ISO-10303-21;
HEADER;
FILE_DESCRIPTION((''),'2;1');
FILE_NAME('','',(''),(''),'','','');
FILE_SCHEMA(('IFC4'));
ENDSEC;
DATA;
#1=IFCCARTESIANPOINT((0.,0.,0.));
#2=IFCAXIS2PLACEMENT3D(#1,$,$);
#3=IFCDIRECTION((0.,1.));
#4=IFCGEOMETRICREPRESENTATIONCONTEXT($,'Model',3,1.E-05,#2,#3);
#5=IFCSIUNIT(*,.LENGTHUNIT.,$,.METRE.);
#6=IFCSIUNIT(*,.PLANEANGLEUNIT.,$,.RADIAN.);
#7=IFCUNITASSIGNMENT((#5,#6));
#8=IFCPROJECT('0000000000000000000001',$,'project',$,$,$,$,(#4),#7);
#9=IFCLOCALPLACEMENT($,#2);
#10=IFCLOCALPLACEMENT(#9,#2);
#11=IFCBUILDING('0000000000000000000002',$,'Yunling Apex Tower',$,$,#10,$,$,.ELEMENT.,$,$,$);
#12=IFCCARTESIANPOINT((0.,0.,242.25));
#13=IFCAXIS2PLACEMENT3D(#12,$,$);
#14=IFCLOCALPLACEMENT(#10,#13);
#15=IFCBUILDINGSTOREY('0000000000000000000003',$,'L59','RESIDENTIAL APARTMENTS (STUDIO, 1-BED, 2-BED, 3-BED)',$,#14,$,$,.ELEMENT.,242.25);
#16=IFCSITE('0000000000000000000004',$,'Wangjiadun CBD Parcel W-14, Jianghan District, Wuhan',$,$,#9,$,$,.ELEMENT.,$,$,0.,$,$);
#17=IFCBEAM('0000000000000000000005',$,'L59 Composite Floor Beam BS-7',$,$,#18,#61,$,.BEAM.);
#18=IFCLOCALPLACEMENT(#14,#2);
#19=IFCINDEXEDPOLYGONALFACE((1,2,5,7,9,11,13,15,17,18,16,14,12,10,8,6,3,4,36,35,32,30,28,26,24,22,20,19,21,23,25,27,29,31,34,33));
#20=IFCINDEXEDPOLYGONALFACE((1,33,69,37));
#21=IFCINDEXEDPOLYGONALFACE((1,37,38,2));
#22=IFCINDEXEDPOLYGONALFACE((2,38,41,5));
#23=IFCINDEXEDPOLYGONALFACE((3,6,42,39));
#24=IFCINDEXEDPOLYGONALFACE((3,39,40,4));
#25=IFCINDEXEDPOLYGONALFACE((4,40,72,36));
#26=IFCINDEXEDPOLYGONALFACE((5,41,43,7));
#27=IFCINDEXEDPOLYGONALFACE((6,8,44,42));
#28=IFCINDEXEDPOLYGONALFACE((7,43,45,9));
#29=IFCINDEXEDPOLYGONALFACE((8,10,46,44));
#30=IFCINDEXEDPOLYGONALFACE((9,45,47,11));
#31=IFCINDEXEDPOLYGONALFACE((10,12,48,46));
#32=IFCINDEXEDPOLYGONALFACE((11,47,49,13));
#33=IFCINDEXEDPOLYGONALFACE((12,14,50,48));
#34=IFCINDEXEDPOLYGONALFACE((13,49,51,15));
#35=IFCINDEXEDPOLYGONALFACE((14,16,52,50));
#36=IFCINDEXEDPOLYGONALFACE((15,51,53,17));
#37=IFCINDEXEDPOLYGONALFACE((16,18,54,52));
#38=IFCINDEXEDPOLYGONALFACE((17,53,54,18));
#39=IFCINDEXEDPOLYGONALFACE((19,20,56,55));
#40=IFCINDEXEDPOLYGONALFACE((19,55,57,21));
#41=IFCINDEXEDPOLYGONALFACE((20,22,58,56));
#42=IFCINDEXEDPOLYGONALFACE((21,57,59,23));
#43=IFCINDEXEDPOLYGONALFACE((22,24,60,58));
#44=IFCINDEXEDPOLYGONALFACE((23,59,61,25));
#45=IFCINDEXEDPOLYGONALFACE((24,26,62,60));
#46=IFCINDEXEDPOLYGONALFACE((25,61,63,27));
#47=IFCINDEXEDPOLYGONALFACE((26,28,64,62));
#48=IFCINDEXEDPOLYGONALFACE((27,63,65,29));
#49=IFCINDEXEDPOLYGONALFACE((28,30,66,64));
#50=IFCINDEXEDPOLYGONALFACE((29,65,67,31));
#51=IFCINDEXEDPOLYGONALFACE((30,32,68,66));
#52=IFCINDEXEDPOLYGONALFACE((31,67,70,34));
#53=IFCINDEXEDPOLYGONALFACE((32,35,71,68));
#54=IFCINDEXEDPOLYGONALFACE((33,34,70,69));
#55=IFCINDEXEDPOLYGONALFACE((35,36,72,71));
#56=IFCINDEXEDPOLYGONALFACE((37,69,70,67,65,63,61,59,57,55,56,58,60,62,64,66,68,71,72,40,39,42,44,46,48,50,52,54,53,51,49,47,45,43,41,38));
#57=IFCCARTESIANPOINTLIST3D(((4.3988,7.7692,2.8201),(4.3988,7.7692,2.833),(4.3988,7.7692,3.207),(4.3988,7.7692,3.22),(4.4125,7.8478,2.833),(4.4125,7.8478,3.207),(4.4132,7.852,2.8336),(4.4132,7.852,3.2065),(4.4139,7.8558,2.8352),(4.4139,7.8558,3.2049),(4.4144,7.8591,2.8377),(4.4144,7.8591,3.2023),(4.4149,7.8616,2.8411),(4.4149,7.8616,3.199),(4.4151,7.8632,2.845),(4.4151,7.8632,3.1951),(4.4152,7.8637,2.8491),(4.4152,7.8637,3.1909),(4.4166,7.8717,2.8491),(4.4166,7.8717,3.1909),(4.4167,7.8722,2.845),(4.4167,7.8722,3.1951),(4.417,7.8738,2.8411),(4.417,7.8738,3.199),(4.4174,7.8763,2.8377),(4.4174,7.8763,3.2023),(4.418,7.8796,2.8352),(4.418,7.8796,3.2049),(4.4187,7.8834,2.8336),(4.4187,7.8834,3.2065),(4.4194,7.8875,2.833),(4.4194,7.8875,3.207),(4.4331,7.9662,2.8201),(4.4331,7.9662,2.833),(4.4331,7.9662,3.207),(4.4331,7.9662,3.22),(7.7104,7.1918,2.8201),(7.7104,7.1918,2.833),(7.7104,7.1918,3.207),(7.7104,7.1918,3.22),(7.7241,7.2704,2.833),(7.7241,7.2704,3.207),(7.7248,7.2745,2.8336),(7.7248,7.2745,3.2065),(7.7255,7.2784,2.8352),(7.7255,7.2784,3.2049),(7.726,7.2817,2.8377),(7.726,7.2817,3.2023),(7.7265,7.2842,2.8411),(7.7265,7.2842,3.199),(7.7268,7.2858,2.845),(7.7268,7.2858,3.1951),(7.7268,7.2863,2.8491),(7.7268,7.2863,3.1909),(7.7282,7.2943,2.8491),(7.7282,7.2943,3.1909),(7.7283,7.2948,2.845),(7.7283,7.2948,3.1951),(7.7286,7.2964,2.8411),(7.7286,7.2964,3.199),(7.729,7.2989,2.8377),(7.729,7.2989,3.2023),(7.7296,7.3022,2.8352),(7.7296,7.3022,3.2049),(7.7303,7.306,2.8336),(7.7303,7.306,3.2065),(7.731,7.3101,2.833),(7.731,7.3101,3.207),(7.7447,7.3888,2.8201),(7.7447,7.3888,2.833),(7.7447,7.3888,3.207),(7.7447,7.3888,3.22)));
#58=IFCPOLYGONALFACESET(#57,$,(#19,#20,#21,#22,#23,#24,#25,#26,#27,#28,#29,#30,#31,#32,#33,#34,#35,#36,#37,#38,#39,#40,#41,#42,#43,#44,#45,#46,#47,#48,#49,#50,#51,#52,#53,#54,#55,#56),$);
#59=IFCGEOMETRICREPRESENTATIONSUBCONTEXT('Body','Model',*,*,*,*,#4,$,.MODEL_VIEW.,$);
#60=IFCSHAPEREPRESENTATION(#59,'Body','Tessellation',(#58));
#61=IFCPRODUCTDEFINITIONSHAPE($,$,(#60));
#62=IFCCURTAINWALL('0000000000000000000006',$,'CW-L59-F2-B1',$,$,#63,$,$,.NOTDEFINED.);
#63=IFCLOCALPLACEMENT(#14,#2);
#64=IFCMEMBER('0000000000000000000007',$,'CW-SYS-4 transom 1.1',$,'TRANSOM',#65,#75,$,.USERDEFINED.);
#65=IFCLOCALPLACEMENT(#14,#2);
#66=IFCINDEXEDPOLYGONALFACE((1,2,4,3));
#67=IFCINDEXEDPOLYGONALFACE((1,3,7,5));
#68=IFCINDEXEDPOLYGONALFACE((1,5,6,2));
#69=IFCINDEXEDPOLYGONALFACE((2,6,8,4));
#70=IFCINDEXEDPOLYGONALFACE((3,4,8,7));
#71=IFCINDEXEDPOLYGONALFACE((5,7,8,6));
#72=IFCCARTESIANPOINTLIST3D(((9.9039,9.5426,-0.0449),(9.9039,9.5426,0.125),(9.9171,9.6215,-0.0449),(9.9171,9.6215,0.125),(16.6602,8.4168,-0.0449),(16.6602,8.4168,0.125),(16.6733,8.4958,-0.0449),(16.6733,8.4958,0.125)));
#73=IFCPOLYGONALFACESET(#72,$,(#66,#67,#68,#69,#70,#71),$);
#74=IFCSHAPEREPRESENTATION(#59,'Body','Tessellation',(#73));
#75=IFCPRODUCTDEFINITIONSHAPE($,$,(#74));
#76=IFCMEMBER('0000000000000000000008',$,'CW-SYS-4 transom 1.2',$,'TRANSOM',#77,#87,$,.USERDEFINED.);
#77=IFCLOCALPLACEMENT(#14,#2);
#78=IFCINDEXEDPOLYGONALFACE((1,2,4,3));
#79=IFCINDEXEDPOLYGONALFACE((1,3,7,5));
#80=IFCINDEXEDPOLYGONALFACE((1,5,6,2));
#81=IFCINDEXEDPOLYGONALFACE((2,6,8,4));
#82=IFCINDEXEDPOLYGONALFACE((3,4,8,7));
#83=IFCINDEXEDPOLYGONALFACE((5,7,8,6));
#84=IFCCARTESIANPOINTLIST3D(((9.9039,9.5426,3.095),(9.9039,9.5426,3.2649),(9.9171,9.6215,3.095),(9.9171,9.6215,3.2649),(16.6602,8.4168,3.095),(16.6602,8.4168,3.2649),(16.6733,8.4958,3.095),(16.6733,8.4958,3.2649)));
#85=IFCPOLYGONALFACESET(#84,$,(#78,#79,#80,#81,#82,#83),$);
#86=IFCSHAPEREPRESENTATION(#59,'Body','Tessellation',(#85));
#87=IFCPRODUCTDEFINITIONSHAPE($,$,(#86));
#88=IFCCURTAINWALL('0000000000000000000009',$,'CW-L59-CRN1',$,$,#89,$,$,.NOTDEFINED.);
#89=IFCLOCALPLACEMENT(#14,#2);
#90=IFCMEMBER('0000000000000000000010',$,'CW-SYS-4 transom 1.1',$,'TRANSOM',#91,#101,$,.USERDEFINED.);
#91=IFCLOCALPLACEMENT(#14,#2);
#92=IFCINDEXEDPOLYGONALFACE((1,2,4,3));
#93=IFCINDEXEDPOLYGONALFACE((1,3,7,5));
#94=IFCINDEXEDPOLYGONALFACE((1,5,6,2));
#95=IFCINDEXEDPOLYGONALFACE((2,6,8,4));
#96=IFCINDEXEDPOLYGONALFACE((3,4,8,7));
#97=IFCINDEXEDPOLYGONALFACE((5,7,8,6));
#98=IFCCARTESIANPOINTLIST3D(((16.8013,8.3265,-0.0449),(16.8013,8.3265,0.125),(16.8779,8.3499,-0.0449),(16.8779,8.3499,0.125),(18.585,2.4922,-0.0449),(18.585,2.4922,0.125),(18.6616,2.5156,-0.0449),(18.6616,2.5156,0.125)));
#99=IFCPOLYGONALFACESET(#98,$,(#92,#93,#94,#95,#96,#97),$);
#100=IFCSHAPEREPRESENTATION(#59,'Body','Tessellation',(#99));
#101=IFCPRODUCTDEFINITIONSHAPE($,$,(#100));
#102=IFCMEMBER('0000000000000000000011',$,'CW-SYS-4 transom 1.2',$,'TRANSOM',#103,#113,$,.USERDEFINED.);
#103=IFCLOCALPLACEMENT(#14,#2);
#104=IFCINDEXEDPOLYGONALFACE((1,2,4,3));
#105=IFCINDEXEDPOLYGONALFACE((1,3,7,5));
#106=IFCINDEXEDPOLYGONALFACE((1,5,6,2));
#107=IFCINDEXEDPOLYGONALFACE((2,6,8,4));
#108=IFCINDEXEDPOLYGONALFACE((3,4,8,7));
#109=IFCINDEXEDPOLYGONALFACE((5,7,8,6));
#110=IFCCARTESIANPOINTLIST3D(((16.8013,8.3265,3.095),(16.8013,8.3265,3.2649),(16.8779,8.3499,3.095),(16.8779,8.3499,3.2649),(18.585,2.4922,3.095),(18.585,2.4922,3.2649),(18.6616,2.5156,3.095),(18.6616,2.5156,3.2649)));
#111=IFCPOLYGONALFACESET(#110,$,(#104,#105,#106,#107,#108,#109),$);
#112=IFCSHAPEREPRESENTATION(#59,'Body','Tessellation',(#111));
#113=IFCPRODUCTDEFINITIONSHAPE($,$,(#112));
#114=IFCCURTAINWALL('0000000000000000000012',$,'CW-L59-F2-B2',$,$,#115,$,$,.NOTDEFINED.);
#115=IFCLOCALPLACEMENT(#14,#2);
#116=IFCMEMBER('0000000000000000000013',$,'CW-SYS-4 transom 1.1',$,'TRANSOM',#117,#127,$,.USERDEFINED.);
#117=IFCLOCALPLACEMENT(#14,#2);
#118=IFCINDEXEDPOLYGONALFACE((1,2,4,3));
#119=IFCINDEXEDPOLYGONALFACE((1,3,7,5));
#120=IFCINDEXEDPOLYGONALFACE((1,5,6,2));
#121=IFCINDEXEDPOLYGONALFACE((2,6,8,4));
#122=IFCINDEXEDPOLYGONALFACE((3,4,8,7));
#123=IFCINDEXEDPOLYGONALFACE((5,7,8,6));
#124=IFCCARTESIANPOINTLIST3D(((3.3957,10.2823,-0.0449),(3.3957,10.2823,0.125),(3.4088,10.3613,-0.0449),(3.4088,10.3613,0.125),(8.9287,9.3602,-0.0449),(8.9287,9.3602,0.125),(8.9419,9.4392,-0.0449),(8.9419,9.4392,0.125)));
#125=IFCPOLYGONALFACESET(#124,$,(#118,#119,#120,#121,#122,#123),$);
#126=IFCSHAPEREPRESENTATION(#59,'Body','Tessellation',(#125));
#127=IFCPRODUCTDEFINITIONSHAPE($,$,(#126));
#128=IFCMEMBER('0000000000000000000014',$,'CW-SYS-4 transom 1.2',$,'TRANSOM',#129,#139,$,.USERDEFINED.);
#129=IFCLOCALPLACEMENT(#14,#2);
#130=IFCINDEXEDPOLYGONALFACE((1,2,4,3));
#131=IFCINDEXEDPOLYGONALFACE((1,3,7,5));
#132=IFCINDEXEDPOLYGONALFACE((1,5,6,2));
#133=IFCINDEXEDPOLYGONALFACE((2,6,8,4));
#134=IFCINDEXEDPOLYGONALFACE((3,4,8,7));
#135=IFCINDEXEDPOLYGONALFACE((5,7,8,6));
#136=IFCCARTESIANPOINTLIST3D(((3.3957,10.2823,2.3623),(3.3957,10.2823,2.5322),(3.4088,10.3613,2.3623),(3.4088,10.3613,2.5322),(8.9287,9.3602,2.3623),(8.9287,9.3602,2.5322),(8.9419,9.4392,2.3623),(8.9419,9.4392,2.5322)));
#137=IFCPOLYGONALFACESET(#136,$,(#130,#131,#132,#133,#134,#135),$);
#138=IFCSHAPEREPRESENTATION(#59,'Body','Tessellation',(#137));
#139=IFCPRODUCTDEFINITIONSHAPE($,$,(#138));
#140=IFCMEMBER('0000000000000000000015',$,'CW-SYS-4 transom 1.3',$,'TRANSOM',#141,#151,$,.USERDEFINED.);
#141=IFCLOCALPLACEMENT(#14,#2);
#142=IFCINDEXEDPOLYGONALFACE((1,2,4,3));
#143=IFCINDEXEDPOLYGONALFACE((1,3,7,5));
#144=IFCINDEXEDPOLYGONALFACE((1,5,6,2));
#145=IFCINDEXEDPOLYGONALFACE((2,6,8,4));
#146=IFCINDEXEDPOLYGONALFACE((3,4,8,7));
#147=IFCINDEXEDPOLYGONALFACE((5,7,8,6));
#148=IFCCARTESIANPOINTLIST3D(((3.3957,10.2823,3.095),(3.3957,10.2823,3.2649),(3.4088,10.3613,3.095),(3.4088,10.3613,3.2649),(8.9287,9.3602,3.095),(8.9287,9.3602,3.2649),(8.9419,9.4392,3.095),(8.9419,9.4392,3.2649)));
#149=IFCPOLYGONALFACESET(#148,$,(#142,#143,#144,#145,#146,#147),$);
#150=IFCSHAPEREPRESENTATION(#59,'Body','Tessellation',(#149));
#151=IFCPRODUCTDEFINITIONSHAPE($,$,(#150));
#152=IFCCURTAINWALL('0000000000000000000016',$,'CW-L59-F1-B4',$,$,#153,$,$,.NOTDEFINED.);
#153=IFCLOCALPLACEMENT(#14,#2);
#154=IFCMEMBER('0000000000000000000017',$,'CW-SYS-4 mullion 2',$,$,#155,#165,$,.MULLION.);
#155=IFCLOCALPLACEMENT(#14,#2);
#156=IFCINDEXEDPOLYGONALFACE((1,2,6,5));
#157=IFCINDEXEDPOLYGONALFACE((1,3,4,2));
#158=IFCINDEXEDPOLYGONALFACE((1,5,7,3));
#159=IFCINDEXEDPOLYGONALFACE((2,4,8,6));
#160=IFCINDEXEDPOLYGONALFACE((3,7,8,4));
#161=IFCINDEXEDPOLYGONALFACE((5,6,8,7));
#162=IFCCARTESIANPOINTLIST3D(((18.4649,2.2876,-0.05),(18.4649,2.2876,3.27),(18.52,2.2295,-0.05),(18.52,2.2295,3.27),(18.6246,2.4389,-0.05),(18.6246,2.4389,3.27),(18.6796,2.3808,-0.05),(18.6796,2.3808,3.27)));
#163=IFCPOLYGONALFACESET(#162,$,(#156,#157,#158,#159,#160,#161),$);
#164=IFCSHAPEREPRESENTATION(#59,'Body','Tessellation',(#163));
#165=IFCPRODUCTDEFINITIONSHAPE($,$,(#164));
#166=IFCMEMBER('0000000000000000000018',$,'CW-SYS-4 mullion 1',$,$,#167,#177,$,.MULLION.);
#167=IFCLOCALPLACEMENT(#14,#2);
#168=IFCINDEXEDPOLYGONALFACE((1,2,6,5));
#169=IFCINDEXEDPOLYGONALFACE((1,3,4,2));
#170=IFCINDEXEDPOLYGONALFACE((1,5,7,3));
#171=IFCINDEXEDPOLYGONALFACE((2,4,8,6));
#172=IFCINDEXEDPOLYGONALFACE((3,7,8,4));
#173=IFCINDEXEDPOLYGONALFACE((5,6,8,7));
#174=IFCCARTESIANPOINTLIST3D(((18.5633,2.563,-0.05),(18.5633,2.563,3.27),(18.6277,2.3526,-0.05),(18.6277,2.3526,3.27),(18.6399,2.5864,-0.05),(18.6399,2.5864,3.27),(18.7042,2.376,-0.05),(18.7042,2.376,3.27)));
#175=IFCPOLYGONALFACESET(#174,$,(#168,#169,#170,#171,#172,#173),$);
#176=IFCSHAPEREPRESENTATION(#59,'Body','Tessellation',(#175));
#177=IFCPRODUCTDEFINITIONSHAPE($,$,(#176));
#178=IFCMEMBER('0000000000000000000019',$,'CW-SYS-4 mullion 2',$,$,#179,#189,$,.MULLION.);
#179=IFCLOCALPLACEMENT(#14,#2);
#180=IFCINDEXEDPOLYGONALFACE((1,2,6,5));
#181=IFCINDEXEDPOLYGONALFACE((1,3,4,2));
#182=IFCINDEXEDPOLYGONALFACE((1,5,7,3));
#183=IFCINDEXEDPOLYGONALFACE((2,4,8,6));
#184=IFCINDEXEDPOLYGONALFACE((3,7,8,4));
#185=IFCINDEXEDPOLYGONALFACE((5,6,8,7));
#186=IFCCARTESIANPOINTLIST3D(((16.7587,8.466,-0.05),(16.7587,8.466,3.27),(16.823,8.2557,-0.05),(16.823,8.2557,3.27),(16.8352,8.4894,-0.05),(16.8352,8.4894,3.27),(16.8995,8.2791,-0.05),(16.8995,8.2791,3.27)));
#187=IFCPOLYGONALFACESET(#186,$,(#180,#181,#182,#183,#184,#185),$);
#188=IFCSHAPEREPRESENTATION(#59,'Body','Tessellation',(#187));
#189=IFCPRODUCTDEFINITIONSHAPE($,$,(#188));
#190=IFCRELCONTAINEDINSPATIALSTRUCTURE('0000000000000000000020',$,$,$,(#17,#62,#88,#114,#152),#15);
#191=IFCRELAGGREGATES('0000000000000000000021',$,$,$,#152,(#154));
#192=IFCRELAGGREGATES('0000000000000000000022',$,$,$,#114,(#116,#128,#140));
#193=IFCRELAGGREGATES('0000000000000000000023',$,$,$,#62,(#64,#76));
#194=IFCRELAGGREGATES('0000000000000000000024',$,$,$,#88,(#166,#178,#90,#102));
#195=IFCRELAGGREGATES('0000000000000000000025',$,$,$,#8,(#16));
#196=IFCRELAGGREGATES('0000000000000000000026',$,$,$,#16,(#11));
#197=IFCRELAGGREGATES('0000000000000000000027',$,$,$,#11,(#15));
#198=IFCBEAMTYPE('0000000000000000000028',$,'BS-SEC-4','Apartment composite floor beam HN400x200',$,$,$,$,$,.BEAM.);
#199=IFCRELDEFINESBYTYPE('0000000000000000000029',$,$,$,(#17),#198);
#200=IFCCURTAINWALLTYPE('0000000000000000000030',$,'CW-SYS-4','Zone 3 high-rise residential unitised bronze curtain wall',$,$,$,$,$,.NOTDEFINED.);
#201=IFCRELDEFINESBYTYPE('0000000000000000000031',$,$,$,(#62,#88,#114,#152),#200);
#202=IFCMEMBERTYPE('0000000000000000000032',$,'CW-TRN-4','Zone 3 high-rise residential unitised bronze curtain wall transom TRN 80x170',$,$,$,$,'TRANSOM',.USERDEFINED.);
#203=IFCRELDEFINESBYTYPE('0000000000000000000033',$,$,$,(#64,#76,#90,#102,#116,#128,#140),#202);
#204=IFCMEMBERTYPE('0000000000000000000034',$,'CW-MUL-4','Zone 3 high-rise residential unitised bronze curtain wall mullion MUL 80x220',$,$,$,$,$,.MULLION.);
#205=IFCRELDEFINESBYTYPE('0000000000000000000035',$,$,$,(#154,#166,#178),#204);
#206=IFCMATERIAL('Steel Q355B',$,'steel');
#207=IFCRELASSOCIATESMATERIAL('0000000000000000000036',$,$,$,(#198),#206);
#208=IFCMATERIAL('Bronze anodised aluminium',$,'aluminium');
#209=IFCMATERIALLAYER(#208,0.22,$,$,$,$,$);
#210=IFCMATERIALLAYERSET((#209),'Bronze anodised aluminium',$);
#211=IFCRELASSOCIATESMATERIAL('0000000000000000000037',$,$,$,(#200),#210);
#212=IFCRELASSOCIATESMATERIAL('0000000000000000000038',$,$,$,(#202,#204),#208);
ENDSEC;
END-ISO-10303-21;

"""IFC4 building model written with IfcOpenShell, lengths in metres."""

from ifc_helpers import new_model, si_unit, direction, frame, origin, origin_2d, place, context, subcontext, project, spatial, rectangle, i_section, extrude, source, transform, mapped, material, layer, layer_set, material_profile, profile_set, type_object, element, aggregate, save


model = new_model("IFC4")

# Units and contexts
model_context = context("Model", 3, precision=1e-05, world=origin(), true_north=direction((0.0, 1.0)))
body_context = subcontext(model_context, "Body", "Model", "MODEL_VIEW")
ifc_project = project(units=[si_unit("LENGTHUNIT", "METRE"), si_unit("PLANEANGLEUNIT", "RADIAN")], contexts=[model_context])

# Site, building, storey
site_placement = place(None, origin())
site = spatial("IfcSite", under=ifc_project, at=site_placement, Name="Wangjiadun CBD Parcel W-14, Jianghan District, Wuhan", CompositionType="ELEMENT", RefElevation=0.0)
building_placement = place(site_placement, origin())
building = spatial("IfcBuilding", under=site, at=building_placement, Name="Yunling Apex Tower", CompositionType="ELEMENT")
storey_placement = place(building_placement, frame((0.0, 0.0, 242.25)))
storey = spatial("IfcBuildingStorey", under=building, at=storey_placement, Name="L59", Description="RESIDENTIAL APARTMENTS (STUDIO, 1-BED, 2-BED, 3-BED)", CompositionType="ELEMENT", Elevation=242.25)

# Beam
ifc_material_1 = material(Name="Steel Q355B", Category="steel")
ifc_material_profile_1 = material_profile(ifc_material_1, i_section(OverallWidth=0.2, OverallDepth=0.3999, WebThickness=0.0081, FlangeThickness=0.0129, FilletRadius=0.0161, at=origin_2d()))
ifc_profile_set_1 = profile_set([ifc_material_profile_1], Name="Steel Q355B")
beam_type_1 = type_object("IfcBeamType", Name="BS-SEC-4", Description="Apartment composite floor beam HN400x200", PredefinedType="BEAM", material=ifc_profile_set_1)
shared_shape_1 = source(origin(), body_context, "Body", "SweptSolid", [
    extrude(i_section(OverallWidth=0.2, OverallDepth=0.3999, WebThickness=0.0081, FlangeThickness=0.0129, FilletRadius=0.0161, at=origin_2d()), origin(), (0.0, 0.0, 1.0), 3.3616),
])
beam_1_placement = place(storey_placement, frame((7.7275, 7.2903, 3.02), z_axis=(-0.985138, 0.171767, 0.0), x_axis=(-0.171767, -0.985138, 0.0)))
element("IfcBeam", 1, at=beam_1_placement, inside=storey, type_object=beam_type_1, Name="L59 Composite Floor Beam BS-7", PredefinedType="BEAM", context=body_context, shape_type="MappedRepresentation", body=[
    mapped(shared_shape_1, transform((0.0, 0.0, 0.0), scale=1.0)),
])

# Curtain walls, members
ifc_material_2 = material(Name="Bronze anodised aluminium", Category="aluminium")
ifc_layer_1 = layer(ifc_material_2, 0.22)
ifc_layer_set_1 = layer_set([ifc_layer_1], Name="Bronze anodised aluminium")
curtain_wall_type = type_object("IfcCurtainWallType", Name="CW-SYS-4", Description="Zone 3 high-rise residential unitised bronze curtain wall", PredefinedType="NOTDEFINED", material=ifc_layer_set_1)
curtain_wall_1_placement = place(storey_placement, origin())
curtain_wall_1 = element("IfcCurtainWall", 2, at=curtain_wall_1_placement, inside=storey, type_object=curtain_wall_type, Name="CW-L59-F2-B1", PredefinedType="NOTDEFINED")
ifc_material_profile_2 = material_profile(ifc_material_2, rectangle(XDim=0.0801, YDim=0.1699, at=origin_2d()))
ifc_profile_set_2 = profile_set([ifc_material_profile_2], Name="Bronze anodised aluminium")
member_type_1 = type_object("IfcMemberType", Name="CW-TRN-4", Description="Zone 3 high-rise residential unitised bronze curtain wall transom TRN 80x170", ElementType="TRANSOM", PredefinedType="USERDEFINED", material=ifc_profile_set_2)
shared_shape_2 = source(origin(), body_context, "Body", "SweptSolid", [
    extrude(rectangle(XDim=0.0801, YDim=0.1699, at=origin_2d()), origin(), (0.0, 0.0, 1.0), 6.8494),
])
member_1_placement = place(storey_placement, frame((16.6667, 8.4563, 0.04), z_axis=(-0.986401, 0.164359, 0.0), x_axis=(-0.164359, -0.986401, 0.0)))
member_1 = element("IfcMember", 3, at=member_1_placement, type_object=member_type_1, Name="CW-SYS-4 transom 1.1", ObjectType="TRANSOM", PredefinedType="USERDEFINED", context=body_context, shape_type="MappedRepresentation", body=[
    mapped(shared_shape_2, transform((0.0, 0.0, 0.0), scale=1.0)),
])
member_2_placement = place(storey_placement, frame((16.6667, 8.4563, 3.1799), z_axis=(-0.986401, 0.164359, 0.0), x_axis=(-0.164359, -0.986401, 0.0)))
member_2 = element("IfcMember", 4, at=member_2_placement, type_object=member_type_1, Name="CW-SYS-4 transom 1.2", ObjectType="TRANSOM", PredefinedType="USERDEFINED", context=body_context, shape_type="MappedRepresentation", body=[
    mapped(shared_shape_2, transform((0.0, 0.0, 0.0), scale=1.0)),
])
curtain_wall_2_placement = place(storey_placement, origin())
curtain_wall_2 = element("IfcCurtainWall", 5, at=curtain_wall_2_placement, inside=storey, type_object=curtain_wall_type, Name="CW-L59-CRN1", PredefinedType="NOTDEFINED")
shared_shape_3 = source(origin(), body_context, "Body", "SweptSolid", [
    extrude(rectangle(XDim=0.0801, YDim=0.1699, at=origin_2d()), origin(), (0.0, 0.0, 1.0), 6.1008),
])
member_3_placement = place(storey_placement, frame((18.6233, 2.5039, 0.04), z_axis=(-0.29237, 0.956305, 0.0), x_axis=(-0.956305, -0.29237, 0.0)))
member_3 = element("IfcMember", 6, at=member_3_placement, type_object=member_type_1, Name="CW-SYS-4 transom 1.1", ObjectType="TRANSOM", PredefinedType="USERDEFINED", context=body_context, shape_type="MappedRepresentation", body=[
    mapped(shared_shape_3, transform((0.0, 0.0, 0.0), scale=1.0)),
])
member_4_placement = place(storey_placement, frame((18.6233, 2.5039, 3.1799), z_axis=(-0.29237, 0.956305, 0.0), x_axis=(-0.956305, -0.29237, 0.0)))
member_4 = element("IfcMember", 7, at=member_4_placement, type_object=member_type_1, Name="CW-SYS-4 transom 1.2", ObjectType="TRANSOM", PredefinedType="USERDEFINED", context=body_context, shape_type="MappedRepresentation", body=[
    mapped(shared_shape_3, transform((0.0, 0.0, 0.0), scale=1.0)),
])
curtain_wall_3_placement = place(storey_placement, origin())
curtain_wall_3 = element("IfcCurtainWall", 8, at=curtain_wall_3_placement, inside=storey, type_object=curtain_wall_type, Name="CW-L59-F2-B2", PredefinedType="NOTDEFINED")
shared_shape_4 = source(origin(), body_context, "Body", "SweptSolid", [
    extrude(rectangle(XDim=0.0801, YDim=0.1699, at=origin_2d()), origin(), (0.0, 0.0, 1.0), 5.6094),
])
member_5_placement = place(storey_placement, frame((8.9353, 9.3997, 0.04), z_axis=(-0.986395, 0.164392, 0.0), x_axis=(-0.164392, -0.986395, 0.0)))
member_5 = element("IfcMember", 9, at=member_5_placement, type_object=member_type_1, Name="CW-SYS-4 transom 1.1", ObjectType="TRANSOM", PredefinedType="USERDEFINED", context=body_context, shape_type="MappedRepresentation", body=[
    mapped(shared_shape_4, transform((0.0, 0.0, 0.0), scale=1.0)),
])
member_6_placement = place(storey_placement, frame((8.9353, 9.3997, 2.4473), z_axis=(-0.986395, 0.164392, 0.0), x_axis=(-0.164392, -0.986395, 0.0)))
member_6 = element("IfcMember", 10, at=member_6_placement, type_object=member_type_1, Name="CW-SYS-4 transom 1.2", ObjectType="TRANSOM", PredefinedType="USERDEFINED", context=body_context, shape_type="MappedRepresentation", body=[
    mapped(shared_shape_4, transform((0.0, 0.0, 0.0), scale=1.0)),
])
member_7_placement = place(storey_placement, frame((8.9353, 9.3997, 3.1799), z_axis=(-0.986395, 0.164392, 0.0), x_axis=(-0.164392, -0.986395, 0.0)))
member_7 = element("IfcMember", 11, at=member_7_placement, type_object=member_type_1, Name="CW-SYS-4 transom 1.3", ObjectType="TRANSOM", PredefinedType="USERDEFINED", context=body_context, shape_type="MappedRepresentation", body=[
    mapped(shared_shape_4, transform((0.0, 0.0, 0.0), scale=1.0)),
])

# Curtain wall, member
curtain_wall_4_placement = place(storey_placement, origin())
curtain_wall_4 = element("IfcCurtainWall", 12, at=curtain_wall_4_placement, inside=storey, type_object=curtain_wall_type, Name="CW-L59-F1-B4", PredefinedType="NOTDEFINED")
ifc_material_profile_3 = material_profile(ifc_material_2, rectangle(XDim=0.0801, YDim=0.22, at=origin_2d()))
ifc_profile_set_3 = profile_set([ifc_material_profile_3], Name="Bronze anodised aluminium")
member_type_2 = type_object("IfcMemberType", Name="CW-MUL-4", Description="Zone 3 high-rise residential unitised bronze curtain wall mullion MUL 80x220", PredefinedType="MULLION", material=ifc_profile_set_3)
shared_shape_5 = source(origin(), body_context, "Body", "SweptSolid", [
    extrude(rectangle(XDim=0.0801, YDim=0.22, at=origin_2d()), origin(), (0.0, 0.0, 1.0), 3.3201),
])
member_8_placement = place(storey_placement, frame((18.5723, 2.3342, -0.05), z_axis=(0.0, 0.0, 1.0), x_axis=(-0.687848, 0.725855, 0.0)))
member_8 = element("IfcMember", 13, at=member_8_placement, type_object=member_type_2, Name="CW-SYS-4 mullion 2", PredefinedType="MULLION", context=body_context, shape_type="MappedRepresentation", body=[
    mapped(shared_shape_5, transform((0.0, 0.0, 0.0), scale=1.0)),
])
aggregate(curtain_wall_4, [member_8])

# Members
member_9_placement = place(storey_placement, frame((18.6338, 2.4695, -0.05), z_axis=(0.0, 0.0, 1.0), x_axis=(-0.956305, -0.292369, 0.0)))
member_9 = element("IfcMember", 14, at=member_9_placement, type_object=member_type_2, Name="CW-SYS-4 mullion 1", PredefinedType="MULLION", context=body_context, shape_type="MappedRepresentation", body=[
    mapped(shared_shape_5, transform((0.0, 0.0, 0.0), scale=1.0)),
])
member_10_placement = place(storey_placement, frame((16.8291, 8.3726, -0.05), z_axis=(0.0, 0.0, 1.0), x_axis=(-0.956305, -0.292369, 0.0)))
member_10 = element("IfcMember", 15, at=member_10_placement, type_object=member_type_2, Name="CW-SYS-4 mullion 2", PredefinedType="MULLION", context=body_context, shape_type="MappedRepresentation", body=[
    mapped(shared_shape_5, transform((0.0, 0.0, 0.0), scale=1.0)),
])
aggregate(curtain_wall_3, [member_5, member_6, member_7])

aggregate(curtain_wall_1, [member_1, member_2])
aggregate(curtain_wall_2, [member_9, member_10, member_3, member_4])

save(model, "model.ifc")
